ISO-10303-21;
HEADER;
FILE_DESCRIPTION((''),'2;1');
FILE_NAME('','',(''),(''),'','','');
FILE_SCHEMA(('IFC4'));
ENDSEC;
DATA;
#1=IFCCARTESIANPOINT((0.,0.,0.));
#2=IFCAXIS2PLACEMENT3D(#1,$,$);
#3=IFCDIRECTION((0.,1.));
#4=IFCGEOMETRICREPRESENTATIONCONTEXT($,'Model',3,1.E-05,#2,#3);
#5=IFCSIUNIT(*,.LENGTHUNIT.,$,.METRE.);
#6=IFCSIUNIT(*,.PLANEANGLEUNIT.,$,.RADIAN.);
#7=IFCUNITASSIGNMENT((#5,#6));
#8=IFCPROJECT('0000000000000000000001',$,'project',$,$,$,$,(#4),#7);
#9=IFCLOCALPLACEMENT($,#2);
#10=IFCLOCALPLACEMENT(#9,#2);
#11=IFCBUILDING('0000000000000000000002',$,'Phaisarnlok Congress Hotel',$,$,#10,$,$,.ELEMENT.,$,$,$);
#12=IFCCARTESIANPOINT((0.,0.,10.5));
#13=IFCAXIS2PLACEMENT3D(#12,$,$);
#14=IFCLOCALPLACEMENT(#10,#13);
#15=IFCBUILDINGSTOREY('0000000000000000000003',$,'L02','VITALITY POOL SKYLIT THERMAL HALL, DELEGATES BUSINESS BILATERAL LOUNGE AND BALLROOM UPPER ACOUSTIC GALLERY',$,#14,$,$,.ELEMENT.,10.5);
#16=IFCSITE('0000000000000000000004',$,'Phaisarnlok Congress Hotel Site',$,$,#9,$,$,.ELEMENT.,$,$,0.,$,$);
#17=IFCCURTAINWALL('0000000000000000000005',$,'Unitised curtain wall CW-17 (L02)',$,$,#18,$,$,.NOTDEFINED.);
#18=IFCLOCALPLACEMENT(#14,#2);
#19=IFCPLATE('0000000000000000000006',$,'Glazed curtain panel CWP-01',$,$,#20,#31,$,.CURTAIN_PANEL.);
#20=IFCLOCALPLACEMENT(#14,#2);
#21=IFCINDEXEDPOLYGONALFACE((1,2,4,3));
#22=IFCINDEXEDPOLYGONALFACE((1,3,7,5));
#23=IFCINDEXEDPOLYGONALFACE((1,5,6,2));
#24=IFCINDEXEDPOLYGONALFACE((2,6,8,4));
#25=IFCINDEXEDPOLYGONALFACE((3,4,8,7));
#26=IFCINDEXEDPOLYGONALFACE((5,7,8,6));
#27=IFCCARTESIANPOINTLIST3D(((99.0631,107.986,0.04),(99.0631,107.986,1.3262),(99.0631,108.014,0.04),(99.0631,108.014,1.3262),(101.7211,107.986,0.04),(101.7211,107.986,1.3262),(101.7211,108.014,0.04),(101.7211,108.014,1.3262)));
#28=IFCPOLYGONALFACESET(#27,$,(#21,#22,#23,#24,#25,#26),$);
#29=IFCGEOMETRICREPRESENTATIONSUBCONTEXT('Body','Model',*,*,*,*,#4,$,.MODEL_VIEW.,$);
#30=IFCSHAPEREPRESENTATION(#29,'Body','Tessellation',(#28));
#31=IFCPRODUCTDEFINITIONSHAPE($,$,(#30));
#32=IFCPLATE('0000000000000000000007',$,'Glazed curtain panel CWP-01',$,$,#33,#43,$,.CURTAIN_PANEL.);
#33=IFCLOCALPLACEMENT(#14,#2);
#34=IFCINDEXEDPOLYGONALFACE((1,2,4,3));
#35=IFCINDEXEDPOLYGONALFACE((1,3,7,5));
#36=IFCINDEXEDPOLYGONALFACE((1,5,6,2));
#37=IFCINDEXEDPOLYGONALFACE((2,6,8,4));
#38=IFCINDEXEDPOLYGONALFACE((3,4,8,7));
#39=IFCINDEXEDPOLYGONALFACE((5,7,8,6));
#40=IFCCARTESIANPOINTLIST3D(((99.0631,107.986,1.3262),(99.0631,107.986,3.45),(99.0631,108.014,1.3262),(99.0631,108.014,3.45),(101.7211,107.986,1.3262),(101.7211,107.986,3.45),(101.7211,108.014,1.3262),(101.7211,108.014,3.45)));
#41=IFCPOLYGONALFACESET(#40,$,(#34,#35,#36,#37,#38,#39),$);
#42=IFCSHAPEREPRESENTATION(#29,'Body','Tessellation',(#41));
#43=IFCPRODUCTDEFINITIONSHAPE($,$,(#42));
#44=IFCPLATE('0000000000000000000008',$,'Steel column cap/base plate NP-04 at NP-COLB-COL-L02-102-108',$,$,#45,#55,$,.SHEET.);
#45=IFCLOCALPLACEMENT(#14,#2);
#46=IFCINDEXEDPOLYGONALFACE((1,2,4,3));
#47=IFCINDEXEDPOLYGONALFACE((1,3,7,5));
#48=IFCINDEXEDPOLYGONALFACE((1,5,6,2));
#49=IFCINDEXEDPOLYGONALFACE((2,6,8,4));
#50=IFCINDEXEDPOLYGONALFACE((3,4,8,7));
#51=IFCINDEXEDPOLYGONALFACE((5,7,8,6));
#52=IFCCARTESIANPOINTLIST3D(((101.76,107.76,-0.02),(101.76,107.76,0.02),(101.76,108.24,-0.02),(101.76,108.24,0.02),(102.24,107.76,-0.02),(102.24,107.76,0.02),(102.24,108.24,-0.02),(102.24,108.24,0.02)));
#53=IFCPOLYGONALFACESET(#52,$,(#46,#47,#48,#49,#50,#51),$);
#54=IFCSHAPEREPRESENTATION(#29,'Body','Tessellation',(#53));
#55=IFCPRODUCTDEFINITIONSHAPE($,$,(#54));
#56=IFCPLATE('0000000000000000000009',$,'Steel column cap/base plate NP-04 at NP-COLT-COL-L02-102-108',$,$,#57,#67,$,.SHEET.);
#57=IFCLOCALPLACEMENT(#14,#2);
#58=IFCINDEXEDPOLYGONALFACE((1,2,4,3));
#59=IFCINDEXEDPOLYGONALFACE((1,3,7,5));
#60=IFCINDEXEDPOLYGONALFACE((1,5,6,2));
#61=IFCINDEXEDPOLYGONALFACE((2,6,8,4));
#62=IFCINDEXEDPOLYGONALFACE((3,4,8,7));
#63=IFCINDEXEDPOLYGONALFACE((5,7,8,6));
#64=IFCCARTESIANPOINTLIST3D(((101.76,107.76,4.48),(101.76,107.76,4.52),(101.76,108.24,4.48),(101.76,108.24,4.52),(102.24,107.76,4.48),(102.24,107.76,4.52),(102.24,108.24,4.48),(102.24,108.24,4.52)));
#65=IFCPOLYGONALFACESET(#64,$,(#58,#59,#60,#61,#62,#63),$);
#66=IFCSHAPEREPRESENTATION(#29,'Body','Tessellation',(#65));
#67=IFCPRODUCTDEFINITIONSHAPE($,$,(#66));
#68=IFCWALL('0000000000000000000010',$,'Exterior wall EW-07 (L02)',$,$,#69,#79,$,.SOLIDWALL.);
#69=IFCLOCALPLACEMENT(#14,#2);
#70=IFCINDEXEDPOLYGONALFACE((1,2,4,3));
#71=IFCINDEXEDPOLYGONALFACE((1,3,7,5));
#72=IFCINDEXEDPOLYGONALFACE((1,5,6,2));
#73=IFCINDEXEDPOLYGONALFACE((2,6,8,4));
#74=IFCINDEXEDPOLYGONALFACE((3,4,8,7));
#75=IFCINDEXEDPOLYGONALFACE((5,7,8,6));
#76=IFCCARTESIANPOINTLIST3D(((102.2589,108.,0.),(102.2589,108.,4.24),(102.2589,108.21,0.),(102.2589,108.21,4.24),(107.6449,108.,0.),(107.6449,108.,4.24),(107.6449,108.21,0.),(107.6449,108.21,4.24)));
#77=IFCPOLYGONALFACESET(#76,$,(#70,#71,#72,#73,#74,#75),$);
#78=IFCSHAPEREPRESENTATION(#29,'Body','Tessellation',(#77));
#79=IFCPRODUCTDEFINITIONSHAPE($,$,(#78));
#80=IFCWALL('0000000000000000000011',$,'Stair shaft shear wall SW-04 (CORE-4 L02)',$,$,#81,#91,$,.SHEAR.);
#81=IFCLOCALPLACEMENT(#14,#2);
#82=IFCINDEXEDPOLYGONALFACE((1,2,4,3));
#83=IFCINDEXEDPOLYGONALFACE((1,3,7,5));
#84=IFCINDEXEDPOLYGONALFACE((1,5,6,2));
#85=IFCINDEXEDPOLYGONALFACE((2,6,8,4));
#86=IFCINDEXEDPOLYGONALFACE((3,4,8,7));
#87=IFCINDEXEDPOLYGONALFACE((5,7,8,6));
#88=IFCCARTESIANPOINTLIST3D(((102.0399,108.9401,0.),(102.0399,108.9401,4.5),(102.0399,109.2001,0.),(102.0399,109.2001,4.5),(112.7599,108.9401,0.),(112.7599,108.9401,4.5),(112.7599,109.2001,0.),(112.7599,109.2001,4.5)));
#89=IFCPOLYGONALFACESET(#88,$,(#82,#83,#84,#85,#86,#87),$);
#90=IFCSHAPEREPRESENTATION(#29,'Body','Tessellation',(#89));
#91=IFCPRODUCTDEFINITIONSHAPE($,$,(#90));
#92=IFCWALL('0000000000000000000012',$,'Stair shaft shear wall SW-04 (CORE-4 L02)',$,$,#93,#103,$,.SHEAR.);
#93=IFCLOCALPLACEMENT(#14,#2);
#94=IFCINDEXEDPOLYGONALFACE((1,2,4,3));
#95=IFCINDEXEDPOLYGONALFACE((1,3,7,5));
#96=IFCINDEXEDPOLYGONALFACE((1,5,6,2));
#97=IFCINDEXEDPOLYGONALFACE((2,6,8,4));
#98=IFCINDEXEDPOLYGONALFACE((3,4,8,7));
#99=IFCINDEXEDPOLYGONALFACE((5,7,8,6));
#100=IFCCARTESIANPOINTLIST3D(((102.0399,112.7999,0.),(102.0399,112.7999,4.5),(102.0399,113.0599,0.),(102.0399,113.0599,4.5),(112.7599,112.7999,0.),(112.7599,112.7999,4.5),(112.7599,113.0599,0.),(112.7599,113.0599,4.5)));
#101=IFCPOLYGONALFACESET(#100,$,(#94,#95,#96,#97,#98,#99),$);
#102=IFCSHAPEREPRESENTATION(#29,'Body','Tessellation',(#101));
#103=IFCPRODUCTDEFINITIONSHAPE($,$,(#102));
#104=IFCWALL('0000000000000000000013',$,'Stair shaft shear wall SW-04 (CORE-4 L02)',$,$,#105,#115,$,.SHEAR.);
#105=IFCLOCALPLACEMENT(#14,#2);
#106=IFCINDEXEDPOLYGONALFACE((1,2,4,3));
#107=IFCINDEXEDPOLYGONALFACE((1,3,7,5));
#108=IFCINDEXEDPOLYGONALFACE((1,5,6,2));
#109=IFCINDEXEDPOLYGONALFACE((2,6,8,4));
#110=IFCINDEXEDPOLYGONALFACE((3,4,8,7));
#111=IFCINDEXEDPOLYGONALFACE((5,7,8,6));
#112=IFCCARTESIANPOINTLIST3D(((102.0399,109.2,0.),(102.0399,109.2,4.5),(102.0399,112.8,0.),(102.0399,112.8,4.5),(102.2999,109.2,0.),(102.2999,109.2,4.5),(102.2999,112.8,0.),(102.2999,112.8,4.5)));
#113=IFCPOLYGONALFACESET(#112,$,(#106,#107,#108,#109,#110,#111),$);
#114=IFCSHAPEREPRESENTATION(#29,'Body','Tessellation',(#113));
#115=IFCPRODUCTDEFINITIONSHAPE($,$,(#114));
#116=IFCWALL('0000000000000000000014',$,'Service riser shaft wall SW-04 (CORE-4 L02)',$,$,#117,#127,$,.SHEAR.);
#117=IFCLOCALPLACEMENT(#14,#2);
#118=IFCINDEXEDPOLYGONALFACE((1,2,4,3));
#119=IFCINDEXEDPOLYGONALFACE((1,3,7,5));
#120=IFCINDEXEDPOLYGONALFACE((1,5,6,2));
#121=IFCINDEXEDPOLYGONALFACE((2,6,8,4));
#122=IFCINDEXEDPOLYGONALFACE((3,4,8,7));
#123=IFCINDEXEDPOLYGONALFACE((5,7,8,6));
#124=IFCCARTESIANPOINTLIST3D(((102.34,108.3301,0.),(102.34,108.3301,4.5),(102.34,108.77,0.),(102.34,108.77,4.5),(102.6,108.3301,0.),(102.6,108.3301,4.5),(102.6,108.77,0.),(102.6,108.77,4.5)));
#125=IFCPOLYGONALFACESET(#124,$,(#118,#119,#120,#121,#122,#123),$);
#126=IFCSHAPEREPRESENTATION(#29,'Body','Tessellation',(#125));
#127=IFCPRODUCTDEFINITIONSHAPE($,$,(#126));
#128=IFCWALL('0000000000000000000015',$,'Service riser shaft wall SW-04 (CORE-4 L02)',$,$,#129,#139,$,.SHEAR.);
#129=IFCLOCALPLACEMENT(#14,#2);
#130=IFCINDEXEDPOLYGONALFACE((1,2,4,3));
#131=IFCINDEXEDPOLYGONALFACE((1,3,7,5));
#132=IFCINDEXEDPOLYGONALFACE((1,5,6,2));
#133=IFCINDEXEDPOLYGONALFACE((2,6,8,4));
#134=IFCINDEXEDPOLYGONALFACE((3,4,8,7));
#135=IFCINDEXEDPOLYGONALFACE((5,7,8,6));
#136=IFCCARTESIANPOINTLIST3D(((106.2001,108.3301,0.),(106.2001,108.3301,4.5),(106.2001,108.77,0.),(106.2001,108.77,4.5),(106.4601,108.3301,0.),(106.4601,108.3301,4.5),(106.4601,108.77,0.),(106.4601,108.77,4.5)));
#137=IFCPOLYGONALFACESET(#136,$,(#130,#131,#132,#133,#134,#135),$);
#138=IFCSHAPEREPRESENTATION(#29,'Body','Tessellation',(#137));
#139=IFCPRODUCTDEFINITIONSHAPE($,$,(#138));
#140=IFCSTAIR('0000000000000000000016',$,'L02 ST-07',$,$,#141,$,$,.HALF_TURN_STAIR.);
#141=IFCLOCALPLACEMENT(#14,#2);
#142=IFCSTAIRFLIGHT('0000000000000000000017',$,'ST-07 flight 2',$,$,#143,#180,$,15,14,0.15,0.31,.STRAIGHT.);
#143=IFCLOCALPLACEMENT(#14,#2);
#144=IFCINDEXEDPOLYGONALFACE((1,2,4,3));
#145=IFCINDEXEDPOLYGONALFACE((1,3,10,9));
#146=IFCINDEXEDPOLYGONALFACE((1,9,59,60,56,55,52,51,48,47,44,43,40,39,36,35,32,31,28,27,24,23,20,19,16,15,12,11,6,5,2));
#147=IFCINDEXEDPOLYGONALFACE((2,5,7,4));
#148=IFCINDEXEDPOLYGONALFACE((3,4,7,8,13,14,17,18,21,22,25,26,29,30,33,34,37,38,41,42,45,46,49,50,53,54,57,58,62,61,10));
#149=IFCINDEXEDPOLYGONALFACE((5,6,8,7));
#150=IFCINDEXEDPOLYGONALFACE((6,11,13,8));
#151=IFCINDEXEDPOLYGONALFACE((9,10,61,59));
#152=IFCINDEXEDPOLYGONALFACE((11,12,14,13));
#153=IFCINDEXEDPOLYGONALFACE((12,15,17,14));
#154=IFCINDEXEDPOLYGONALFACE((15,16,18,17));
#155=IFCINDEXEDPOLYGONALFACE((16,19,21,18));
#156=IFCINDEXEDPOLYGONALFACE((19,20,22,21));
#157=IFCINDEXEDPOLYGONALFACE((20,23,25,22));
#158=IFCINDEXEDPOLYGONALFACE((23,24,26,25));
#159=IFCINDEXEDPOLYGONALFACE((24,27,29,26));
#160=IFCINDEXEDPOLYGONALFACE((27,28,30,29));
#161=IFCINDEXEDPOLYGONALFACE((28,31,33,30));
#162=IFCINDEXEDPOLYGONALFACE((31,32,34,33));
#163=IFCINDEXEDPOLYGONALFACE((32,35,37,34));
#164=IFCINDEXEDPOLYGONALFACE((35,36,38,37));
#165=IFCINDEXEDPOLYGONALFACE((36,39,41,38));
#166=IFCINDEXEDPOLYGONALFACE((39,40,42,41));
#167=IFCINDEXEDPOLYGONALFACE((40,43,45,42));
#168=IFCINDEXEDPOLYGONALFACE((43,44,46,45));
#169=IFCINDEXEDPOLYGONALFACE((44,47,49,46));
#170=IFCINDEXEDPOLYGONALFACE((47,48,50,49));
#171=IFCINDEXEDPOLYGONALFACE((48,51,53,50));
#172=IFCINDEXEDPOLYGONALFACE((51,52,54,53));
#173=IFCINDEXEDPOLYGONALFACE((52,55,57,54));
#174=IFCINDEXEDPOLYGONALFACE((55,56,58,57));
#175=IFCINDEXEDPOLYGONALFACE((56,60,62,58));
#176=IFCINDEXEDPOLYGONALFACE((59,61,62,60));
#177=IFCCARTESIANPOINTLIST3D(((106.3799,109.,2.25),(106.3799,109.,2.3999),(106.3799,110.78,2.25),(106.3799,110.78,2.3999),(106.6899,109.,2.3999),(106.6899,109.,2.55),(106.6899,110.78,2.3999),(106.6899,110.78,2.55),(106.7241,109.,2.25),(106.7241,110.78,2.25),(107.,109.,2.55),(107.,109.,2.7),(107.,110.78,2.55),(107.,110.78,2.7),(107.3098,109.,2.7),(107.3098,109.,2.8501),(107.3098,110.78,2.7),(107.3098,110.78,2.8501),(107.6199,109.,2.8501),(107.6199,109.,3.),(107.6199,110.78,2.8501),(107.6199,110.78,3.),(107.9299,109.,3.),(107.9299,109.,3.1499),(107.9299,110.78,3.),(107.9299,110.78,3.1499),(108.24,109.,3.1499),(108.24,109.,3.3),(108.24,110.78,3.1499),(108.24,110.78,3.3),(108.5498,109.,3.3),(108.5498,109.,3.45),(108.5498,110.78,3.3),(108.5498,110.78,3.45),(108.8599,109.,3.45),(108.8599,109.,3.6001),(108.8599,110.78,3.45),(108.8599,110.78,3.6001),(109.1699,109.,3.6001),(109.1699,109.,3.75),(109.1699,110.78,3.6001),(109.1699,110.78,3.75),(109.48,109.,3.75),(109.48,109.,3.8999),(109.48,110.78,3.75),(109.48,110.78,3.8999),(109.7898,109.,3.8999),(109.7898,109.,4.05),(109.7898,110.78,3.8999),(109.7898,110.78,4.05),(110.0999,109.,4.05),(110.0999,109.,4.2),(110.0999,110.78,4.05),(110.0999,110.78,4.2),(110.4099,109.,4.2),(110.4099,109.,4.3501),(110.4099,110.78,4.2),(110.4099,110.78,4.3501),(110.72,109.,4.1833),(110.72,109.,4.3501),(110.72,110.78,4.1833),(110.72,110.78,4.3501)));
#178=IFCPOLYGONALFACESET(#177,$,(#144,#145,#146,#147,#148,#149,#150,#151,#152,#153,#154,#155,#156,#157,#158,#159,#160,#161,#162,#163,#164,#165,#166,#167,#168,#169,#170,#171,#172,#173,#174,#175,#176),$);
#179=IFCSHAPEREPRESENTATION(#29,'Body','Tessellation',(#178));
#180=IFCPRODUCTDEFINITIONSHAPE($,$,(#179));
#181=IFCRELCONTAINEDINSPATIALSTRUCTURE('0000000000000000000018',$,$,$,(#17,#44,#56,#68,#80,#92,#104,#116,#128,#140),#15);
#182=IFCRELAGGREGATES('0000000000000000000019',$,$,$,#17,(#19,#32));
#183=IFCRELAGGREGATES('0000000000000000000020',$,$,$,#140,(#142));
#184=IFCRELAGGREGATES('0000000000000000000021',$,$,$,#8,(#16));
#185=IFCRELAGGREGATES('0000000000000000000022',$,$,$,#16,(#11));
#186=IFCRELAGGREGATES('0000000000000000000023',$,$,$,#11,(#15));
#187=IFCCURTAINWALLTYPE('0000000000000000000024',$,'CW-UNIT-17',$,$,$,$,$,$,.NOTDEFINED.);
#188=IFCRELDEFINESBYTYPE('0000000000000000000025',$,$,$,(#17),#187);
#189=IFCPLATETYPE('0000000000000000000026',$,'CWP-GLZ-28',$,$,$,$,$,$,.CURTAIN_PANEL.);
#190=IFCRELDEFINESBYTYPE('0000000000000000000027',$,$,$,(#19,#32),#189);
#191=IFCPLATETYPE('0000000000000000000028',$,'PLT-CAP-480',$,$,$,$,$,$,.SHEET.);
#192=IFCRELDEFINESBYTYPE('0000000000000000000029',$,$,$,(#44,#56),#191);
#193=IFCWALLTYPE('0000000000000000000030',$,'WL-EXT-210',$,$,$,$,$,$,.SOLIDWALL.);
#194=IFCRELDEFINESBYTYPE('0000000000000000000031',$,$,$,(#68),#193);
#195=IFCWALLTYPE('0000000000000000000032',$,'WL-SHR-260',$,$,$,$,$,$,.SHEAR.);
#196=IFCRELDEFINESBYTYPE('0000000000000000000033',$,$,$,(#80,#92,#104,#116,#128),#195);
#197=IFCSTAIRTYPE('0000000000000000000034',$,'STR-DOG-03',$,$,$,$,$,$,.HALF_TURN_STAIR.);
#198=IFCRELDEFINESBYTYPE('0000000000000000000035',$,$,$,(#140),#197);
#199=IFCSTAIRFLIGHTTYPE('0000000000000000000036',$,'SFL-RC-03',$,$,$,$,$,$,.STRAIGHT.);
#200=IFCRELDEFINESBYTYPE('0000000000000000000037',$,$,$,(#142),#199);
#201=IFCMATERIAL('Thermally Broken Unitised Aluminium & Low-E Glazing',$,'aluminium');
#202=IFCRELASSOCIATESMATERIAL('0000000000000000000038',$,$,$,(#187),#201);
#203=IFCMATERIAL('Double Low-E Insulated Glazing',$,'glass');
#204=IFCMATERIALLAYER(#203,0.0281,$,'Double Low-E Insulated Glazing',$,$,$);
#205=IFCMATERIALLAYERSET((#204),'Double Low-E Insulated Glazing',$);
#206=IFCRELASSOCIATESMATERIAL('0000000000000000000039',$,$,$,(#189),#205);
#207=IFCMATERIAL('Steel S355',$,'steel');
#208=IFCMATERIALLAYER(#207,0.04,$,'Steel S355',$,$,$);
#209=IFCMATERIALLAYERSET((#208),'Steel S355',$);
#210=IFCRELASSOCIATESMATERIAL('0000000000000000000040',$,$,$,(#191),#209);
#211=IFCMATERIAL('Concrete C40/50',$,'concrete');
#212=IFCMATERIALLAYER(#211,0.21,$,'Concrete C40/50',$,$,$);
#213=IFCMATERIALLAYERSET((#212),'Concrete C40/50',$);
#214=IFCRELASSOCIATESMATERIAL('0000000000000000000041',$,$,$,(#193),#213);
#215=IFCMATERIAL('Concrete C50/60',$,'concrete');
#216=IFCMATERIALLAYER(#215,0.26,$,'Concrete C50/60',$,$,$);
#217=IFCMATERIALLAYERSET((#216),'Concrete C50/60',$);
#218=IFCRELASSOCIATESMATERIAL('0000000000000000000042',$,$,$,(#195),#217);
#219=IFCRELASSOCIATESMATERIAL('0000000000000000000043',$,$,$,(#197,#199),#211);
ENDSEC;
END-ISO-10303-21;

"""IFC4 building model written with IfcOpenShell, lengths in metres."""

from ifc_helpers import new_model, si_unit, direction, frame, frame_2d, origin, origin_2d, place, context, subcontext, project, spatial, polyline, rectangle, outline, extrude, material, layer, layer_set, type_object, element, aggregate, save


model = new_model("IFC4")

# Units and contexts
model_context = context("Model", 3, precision=1e-05, world=origin(), true_north=direction((0.0, 1.0)))
body_context = subcontext(model_context, "Body", "Model", "MODEL_VIEW")
ifc_project = project(units=[si_unit("LENGTHUNIT", "METRE"), si_unit("PLANEANGLEUNIT", "RADIAN")], contexts=[model_context])

# Site, building, storey
site_placement = place(None, origin())
site = spatial("IfcSite", under=ifc_project, at=site_placement, Name="Phaisarnlok Congress Hotel Site", CompositionType="ELEMENT", RefElevation=0.0)
building_placement = place(site_placement, origin())
building = spatial("IfcBuilding", under=site, at=building_placement, Name="Phaisarnlok Congress Hotel", CompositionType="ELEMENT")
storey_placement = place(building_placement, frame((0.0, 0.0, 10.5)))
storey = spatial("IfcBuildingStorey", under=building, at=storey_placement, Name="L02", Description="VITALITY POOL SKYLIT THERMAL HALL, DELEGATES BUSINESS BILATERAL LOUNGE AND BALLROOM UPPER ACOUSTIC GALLERY", CompositionType="ELEMENT", Elevation=10.5)

# Shared definitions
ifc_material_1 = material(Name="Concrete C50/60", Category="concrete")
ifc_material_2 = material(Name="Steel S355", Category="steel")

# Shared definitions
ifc_material_3 = material(Name="Concrete C40/50", Category="concrete")

# Curtain wall, plates
ifc_material_4 = material(Name="Thermally Broken Unitised Aluminium & Low-E Glazing", Category="aluminium")
curtain_wall_type = type_object("IfcCurtainWallType", Name="CW-UNIT-17", PredefinedType="NOTDEFINED", material=ifc_material_4)
curtain_wall_placement = place(storey_placement, origin())
curtain_wall = element("IfcCurtainWall", 1, at=curtain_wall_placement, inside=storey, type_object=curtain_wall_type, Name="Unitised curtain wall CW-17 (L02)", PredefinedType="NOTDEFINED")
ifc_material_5 = material(Name="Double Low-E Insulated Glazing", Category="glass")
ifc_layer_1 = layer(ifc_material_5, 0.0281, Name="Double Low-E Insulated Glazing")
ifc_layer_set_1 = layer_set([ifc_layer_1], Name="Double Low-E Insulated Glazing")
plate_type_1 = type_object("IfcPlateType", Name="CWP-GLZ-28", PredefinedType="CURTAIN_PANEL", material=ifc_layer_set_1)
plate_1_placement = place(storey_placement, frame((99.063, 108.0, 0.04), z_axis=(0.0, 0.0, 1.0), x_axis=(1.0, 0.0, 0.0)))
plate_1 = element("IfcPlate", 2, at=plate_1_placement, type_object=plate_type_1, Name="Glazed curtain panel CWP-01", PredefinedType="CURTAIN_PANEL", context=body_context, shape_type="SweptSolid", body=[
    extrude(rectangle(XDim=2.658, YDim=0.0281, at=frame_2d((1.3291, 0.0))), origin(), (0.0, 0.0, 1.0), 1.2861),
])
plate_2_placement = place(storey_placement, frame((99.063, 108.0, 1.3262), z_axis=(0.0, 0.0, 1.0), x_axis=(1.0, 0.0, 0.0)))
plate_2 = element("IfcPlate", 3, at=plate_2_placement, type_object=plate_type_1, Name="Glazed curtain panel CWP-01", PredefinedType="CURTAIN_PANEL", context=body_context, shape_type="SweptSolid", body=[
    extrude(rectangle(XDim=2.658, YDim=0.0281, at=frame_2d((1.3291, 0.0))), origin(), (0.0, 0.0, 1.0), 2.1238),
])
aggregate(curtain_wall, [plate_1, plate_2])

# Plates
ifc_layer_2 = layer(ifc_material_2, 0.04, Name="Steel S355")
ifc_layer_set_2 = layer_set([ifc_layer_2], Name="Steel S355")
plate_type_2 = type_object("IfcPlateType", Name="PLT-CAP-480", PredefinedType="SHEET", material=ifc_layer_set_2)
for number, where, z_axis, x_axis, name in (
    (4, (102.0, 108.0, -0.02), (0.0, 0.0, 1.0), (1.0, 0.0, 0.0), "Steel column cap/base plate NP-04 at NP-COLB-COL-L02-102-108"),
    (5, (102.0, 108.0, 4.48), (0.0, 0.0, 1.0), (1.0, 0.0, 0.0), "Steel column cap/base plate NP-04 at NP-COLT-COL-L02-102-108"),
):
    element("IfcPlate", number, at=place(storey_placement, frame(where, z_axis=z_axis, x_axis=x_axis)), inside=storey, type_object=plate_type_2, Name=name, PredefinedType="SHEET", context=body_context, shape_type="SweptSolid", body=[
        extrude(rectangle(XDim=0.48, YDim=0.48, at=origin_2d()), origin(), (0.0, 0.0, 1.0), 0.04),
    ])

# Walls
ifc_layer_3 = layer(ifc_material_3, 0.21, Name="Concrete C40/50")
ifc_layer_set_3 = layer_set([ifc_layer_3], Name="Concrete C40/50")
wall_type_1 = type_object("IfcWallType", Name="WL-EXT-210", PredefinedType="SOLIDWALL", material=ifc_layer_set_3)
wall_1_placement = place(storey_placement, frame((102.259, 108.105, 0.0), z_axis=(0.0, 0.0, 1.0), x_axis=(1.0, 0.0, 0.0)))
element("IfcWall", 6, at=wall_1_placement, inside=storey, type_object=wall_type_1, Name="Exterior wall EW-07 (L02)", PredefinedType="SOLIDWALL", context=body_context, shape_type="SweptSolid", body=[
    extrude(rectangle(XDim=5.386, YDim=0.21, at=frame_2d((2.6929, 0.0))), origin(), (0.0, 0.0, 1.0), 4.24),
])
ifc_layer_4 = layer(ifc_material_1, 0.26, Name="Concrete C50/60")
ifc_layer_set_4 = layer_set([ifc_layer_4], Name="Concrete C50/60")
wall_type_2 = type_object("IfcWallType", Name="WL-SHR-260", PredefinedType="SHEAR", material=ifc_layer_set_4)
for number, where, z_axis, x_axis, name in (
    (7, (102.04, 109.0701, 0.0), (0.0, 0.0, 1.0), (1.0, 0.0, 0.0), "Stair shaft shear wall SW-04 (CORE-4 L02)"),
    (8, (102.04, 112.9299, 0.0), (0.0, 0.0, 1.0), (1.0, 0.0, 0.0), "Stair shaft shear wall SW-04 (CORE-4 L02)"),
):
    element("IfcWall", number, at=place(storey_placement, frame(where, z_axis=z_axis, x_axis=x_axis)), inside=storey, type_object=wall_type_2, Name=name, PredefinedType="SHEAR", context=body_context, shape_type="SweptSolid", body=[
        extrude(rectangle(XDim=10.72, YDim=0.26, at=frame_2d((5.3599, 0.0))), origin(), (0.0, 0.0, 1.0), 4.5),
    ])
wall_2_placement = place(storey_placement, frame((102.1699, 109.2, 0.0), z_axis=(0.0, 0.0, 1.0), x_axis=(0.0, 1.0, 0.0)))
element("IfcWall", 9, at=wall_2_placement, inside=storey, type_object=wall_type_2, Name="Stair shaft shear wall SW-04 (CORE-4 L02)", PredefinedType="SHEAR", context=body_context, shape_type="SweptSolid", body=[
    extrude(rectangle(XDim=3.6001, YDim=0.26, at=frame_2d((1.8, 0.0))), origin(), (0.0, 0.0, 1.0), 4.5),
])
for number, where, z_axis, x_axis, name in (
    (10, (102.47, 108.3301, 0.0), (0.0, 0.0, 1.0), (0.0, 1.0, 0.0), "Service riser shaft wall SW-04 (CORE-4 L02)"),
    (11, (106.3301, 108.3301, 0.0), (0.0, 0.0, 1.0), (0.0, 1.0, 0.0), "Service riser shaft wall SW-04 (CORE-4 L02)"),
):
    element("IfcWall", number, at=place(storey_placement, frame(where, z_axis=z_axis, x_axis=x_axis)), inside=storey, type_object=wall_type_2, Name=name, PredefinedType="SHEAR", context=body_context, shape_type="SweptSolid", body=[
        extrude(rectangle(XDim=0.4399, YDim=0.26, at=frame_2d((0.22, 0.0))), origin(), (0.0, 0.0, 1.0), 4.5),
    ])

# Stair, stair flight
stair_type = type_object("IfcStairType", Name="STR-DOG-03", PredefinedType="HALF_TURN_STAIR", material=ifc_material_3)
stair_placement = place(storey_placement, origin())
stair = element("IfcStair", 12, at=stair_placement, inside=storey, type_object=stair_type, Name="L02 ST-07", PredefinedType="HALF_TURN_STAIR")
stair_flight_type = type_object("IfcStairFlightType", Name="SFL-RC-03", PredefinedType="STRAIGHT", material=ifc_material_3)
stair_flight_placement = place(storey_placement, frame((106.3799, 109.8899, 2.25), z_axis=(0.0, 0.0, 1.0), x_axis=(1.0, 0.0, 0.0)))
stair_flight = element("IfcStairFlight", 13, at=stair_flight_placement, type_object=stair_flight_type, Name="ST-07 flight 2", NumberOfRisers=15, NumberOfTreads=14, PredefinedType="STRAIGHT", RiserHeight=0.15, TreadLength=0.31, context=body_context, shape_type="SweptSolid", body=[
    extrude(outline(polyline([(0.0, 0.0), (0.0, 0.1499), (0.3101, 0.1499), (0.3101, 0.3), (0.6201, 0.3), (0.6201, 0.45), (0.9299, 0.45), (0.9299, 0.6001), (1.24, 0.6001), (1.24, 0.75), (1.55, 0.75), (1.55, 0.8999), (1.8601, 0.8999), (1.8601, 1.05), (2.1699, 1.05), (2.1699, 1.2), (2.48, 1.2), (2.48, 1.3501), (2.79, 1.3501), (2.79, 1.5), (3.1001, 1.5), (3.1001, 1.6499), (3.4099, 1.6499), (3.4099, 1.8), (3.72, 1.8), (3.72, 1.95), (4.03, 1.95), (4.03, 2.1001), (4.3401, 2.1001), (4.3401, 2.25), (4.3401, 1.9333), (0.3442, 0.0), (0.0, 0.0)])), frame((0.0, 0.8901, 0.0), z_axis=(0.0, -1.0, 0.0), x_axis=(1.0, 0.0, 0.0)), (0.0, 0.0, 1.0), 1.78),
])
aggregate(stair, [stair_flight])

save(model, "model.ifc")
